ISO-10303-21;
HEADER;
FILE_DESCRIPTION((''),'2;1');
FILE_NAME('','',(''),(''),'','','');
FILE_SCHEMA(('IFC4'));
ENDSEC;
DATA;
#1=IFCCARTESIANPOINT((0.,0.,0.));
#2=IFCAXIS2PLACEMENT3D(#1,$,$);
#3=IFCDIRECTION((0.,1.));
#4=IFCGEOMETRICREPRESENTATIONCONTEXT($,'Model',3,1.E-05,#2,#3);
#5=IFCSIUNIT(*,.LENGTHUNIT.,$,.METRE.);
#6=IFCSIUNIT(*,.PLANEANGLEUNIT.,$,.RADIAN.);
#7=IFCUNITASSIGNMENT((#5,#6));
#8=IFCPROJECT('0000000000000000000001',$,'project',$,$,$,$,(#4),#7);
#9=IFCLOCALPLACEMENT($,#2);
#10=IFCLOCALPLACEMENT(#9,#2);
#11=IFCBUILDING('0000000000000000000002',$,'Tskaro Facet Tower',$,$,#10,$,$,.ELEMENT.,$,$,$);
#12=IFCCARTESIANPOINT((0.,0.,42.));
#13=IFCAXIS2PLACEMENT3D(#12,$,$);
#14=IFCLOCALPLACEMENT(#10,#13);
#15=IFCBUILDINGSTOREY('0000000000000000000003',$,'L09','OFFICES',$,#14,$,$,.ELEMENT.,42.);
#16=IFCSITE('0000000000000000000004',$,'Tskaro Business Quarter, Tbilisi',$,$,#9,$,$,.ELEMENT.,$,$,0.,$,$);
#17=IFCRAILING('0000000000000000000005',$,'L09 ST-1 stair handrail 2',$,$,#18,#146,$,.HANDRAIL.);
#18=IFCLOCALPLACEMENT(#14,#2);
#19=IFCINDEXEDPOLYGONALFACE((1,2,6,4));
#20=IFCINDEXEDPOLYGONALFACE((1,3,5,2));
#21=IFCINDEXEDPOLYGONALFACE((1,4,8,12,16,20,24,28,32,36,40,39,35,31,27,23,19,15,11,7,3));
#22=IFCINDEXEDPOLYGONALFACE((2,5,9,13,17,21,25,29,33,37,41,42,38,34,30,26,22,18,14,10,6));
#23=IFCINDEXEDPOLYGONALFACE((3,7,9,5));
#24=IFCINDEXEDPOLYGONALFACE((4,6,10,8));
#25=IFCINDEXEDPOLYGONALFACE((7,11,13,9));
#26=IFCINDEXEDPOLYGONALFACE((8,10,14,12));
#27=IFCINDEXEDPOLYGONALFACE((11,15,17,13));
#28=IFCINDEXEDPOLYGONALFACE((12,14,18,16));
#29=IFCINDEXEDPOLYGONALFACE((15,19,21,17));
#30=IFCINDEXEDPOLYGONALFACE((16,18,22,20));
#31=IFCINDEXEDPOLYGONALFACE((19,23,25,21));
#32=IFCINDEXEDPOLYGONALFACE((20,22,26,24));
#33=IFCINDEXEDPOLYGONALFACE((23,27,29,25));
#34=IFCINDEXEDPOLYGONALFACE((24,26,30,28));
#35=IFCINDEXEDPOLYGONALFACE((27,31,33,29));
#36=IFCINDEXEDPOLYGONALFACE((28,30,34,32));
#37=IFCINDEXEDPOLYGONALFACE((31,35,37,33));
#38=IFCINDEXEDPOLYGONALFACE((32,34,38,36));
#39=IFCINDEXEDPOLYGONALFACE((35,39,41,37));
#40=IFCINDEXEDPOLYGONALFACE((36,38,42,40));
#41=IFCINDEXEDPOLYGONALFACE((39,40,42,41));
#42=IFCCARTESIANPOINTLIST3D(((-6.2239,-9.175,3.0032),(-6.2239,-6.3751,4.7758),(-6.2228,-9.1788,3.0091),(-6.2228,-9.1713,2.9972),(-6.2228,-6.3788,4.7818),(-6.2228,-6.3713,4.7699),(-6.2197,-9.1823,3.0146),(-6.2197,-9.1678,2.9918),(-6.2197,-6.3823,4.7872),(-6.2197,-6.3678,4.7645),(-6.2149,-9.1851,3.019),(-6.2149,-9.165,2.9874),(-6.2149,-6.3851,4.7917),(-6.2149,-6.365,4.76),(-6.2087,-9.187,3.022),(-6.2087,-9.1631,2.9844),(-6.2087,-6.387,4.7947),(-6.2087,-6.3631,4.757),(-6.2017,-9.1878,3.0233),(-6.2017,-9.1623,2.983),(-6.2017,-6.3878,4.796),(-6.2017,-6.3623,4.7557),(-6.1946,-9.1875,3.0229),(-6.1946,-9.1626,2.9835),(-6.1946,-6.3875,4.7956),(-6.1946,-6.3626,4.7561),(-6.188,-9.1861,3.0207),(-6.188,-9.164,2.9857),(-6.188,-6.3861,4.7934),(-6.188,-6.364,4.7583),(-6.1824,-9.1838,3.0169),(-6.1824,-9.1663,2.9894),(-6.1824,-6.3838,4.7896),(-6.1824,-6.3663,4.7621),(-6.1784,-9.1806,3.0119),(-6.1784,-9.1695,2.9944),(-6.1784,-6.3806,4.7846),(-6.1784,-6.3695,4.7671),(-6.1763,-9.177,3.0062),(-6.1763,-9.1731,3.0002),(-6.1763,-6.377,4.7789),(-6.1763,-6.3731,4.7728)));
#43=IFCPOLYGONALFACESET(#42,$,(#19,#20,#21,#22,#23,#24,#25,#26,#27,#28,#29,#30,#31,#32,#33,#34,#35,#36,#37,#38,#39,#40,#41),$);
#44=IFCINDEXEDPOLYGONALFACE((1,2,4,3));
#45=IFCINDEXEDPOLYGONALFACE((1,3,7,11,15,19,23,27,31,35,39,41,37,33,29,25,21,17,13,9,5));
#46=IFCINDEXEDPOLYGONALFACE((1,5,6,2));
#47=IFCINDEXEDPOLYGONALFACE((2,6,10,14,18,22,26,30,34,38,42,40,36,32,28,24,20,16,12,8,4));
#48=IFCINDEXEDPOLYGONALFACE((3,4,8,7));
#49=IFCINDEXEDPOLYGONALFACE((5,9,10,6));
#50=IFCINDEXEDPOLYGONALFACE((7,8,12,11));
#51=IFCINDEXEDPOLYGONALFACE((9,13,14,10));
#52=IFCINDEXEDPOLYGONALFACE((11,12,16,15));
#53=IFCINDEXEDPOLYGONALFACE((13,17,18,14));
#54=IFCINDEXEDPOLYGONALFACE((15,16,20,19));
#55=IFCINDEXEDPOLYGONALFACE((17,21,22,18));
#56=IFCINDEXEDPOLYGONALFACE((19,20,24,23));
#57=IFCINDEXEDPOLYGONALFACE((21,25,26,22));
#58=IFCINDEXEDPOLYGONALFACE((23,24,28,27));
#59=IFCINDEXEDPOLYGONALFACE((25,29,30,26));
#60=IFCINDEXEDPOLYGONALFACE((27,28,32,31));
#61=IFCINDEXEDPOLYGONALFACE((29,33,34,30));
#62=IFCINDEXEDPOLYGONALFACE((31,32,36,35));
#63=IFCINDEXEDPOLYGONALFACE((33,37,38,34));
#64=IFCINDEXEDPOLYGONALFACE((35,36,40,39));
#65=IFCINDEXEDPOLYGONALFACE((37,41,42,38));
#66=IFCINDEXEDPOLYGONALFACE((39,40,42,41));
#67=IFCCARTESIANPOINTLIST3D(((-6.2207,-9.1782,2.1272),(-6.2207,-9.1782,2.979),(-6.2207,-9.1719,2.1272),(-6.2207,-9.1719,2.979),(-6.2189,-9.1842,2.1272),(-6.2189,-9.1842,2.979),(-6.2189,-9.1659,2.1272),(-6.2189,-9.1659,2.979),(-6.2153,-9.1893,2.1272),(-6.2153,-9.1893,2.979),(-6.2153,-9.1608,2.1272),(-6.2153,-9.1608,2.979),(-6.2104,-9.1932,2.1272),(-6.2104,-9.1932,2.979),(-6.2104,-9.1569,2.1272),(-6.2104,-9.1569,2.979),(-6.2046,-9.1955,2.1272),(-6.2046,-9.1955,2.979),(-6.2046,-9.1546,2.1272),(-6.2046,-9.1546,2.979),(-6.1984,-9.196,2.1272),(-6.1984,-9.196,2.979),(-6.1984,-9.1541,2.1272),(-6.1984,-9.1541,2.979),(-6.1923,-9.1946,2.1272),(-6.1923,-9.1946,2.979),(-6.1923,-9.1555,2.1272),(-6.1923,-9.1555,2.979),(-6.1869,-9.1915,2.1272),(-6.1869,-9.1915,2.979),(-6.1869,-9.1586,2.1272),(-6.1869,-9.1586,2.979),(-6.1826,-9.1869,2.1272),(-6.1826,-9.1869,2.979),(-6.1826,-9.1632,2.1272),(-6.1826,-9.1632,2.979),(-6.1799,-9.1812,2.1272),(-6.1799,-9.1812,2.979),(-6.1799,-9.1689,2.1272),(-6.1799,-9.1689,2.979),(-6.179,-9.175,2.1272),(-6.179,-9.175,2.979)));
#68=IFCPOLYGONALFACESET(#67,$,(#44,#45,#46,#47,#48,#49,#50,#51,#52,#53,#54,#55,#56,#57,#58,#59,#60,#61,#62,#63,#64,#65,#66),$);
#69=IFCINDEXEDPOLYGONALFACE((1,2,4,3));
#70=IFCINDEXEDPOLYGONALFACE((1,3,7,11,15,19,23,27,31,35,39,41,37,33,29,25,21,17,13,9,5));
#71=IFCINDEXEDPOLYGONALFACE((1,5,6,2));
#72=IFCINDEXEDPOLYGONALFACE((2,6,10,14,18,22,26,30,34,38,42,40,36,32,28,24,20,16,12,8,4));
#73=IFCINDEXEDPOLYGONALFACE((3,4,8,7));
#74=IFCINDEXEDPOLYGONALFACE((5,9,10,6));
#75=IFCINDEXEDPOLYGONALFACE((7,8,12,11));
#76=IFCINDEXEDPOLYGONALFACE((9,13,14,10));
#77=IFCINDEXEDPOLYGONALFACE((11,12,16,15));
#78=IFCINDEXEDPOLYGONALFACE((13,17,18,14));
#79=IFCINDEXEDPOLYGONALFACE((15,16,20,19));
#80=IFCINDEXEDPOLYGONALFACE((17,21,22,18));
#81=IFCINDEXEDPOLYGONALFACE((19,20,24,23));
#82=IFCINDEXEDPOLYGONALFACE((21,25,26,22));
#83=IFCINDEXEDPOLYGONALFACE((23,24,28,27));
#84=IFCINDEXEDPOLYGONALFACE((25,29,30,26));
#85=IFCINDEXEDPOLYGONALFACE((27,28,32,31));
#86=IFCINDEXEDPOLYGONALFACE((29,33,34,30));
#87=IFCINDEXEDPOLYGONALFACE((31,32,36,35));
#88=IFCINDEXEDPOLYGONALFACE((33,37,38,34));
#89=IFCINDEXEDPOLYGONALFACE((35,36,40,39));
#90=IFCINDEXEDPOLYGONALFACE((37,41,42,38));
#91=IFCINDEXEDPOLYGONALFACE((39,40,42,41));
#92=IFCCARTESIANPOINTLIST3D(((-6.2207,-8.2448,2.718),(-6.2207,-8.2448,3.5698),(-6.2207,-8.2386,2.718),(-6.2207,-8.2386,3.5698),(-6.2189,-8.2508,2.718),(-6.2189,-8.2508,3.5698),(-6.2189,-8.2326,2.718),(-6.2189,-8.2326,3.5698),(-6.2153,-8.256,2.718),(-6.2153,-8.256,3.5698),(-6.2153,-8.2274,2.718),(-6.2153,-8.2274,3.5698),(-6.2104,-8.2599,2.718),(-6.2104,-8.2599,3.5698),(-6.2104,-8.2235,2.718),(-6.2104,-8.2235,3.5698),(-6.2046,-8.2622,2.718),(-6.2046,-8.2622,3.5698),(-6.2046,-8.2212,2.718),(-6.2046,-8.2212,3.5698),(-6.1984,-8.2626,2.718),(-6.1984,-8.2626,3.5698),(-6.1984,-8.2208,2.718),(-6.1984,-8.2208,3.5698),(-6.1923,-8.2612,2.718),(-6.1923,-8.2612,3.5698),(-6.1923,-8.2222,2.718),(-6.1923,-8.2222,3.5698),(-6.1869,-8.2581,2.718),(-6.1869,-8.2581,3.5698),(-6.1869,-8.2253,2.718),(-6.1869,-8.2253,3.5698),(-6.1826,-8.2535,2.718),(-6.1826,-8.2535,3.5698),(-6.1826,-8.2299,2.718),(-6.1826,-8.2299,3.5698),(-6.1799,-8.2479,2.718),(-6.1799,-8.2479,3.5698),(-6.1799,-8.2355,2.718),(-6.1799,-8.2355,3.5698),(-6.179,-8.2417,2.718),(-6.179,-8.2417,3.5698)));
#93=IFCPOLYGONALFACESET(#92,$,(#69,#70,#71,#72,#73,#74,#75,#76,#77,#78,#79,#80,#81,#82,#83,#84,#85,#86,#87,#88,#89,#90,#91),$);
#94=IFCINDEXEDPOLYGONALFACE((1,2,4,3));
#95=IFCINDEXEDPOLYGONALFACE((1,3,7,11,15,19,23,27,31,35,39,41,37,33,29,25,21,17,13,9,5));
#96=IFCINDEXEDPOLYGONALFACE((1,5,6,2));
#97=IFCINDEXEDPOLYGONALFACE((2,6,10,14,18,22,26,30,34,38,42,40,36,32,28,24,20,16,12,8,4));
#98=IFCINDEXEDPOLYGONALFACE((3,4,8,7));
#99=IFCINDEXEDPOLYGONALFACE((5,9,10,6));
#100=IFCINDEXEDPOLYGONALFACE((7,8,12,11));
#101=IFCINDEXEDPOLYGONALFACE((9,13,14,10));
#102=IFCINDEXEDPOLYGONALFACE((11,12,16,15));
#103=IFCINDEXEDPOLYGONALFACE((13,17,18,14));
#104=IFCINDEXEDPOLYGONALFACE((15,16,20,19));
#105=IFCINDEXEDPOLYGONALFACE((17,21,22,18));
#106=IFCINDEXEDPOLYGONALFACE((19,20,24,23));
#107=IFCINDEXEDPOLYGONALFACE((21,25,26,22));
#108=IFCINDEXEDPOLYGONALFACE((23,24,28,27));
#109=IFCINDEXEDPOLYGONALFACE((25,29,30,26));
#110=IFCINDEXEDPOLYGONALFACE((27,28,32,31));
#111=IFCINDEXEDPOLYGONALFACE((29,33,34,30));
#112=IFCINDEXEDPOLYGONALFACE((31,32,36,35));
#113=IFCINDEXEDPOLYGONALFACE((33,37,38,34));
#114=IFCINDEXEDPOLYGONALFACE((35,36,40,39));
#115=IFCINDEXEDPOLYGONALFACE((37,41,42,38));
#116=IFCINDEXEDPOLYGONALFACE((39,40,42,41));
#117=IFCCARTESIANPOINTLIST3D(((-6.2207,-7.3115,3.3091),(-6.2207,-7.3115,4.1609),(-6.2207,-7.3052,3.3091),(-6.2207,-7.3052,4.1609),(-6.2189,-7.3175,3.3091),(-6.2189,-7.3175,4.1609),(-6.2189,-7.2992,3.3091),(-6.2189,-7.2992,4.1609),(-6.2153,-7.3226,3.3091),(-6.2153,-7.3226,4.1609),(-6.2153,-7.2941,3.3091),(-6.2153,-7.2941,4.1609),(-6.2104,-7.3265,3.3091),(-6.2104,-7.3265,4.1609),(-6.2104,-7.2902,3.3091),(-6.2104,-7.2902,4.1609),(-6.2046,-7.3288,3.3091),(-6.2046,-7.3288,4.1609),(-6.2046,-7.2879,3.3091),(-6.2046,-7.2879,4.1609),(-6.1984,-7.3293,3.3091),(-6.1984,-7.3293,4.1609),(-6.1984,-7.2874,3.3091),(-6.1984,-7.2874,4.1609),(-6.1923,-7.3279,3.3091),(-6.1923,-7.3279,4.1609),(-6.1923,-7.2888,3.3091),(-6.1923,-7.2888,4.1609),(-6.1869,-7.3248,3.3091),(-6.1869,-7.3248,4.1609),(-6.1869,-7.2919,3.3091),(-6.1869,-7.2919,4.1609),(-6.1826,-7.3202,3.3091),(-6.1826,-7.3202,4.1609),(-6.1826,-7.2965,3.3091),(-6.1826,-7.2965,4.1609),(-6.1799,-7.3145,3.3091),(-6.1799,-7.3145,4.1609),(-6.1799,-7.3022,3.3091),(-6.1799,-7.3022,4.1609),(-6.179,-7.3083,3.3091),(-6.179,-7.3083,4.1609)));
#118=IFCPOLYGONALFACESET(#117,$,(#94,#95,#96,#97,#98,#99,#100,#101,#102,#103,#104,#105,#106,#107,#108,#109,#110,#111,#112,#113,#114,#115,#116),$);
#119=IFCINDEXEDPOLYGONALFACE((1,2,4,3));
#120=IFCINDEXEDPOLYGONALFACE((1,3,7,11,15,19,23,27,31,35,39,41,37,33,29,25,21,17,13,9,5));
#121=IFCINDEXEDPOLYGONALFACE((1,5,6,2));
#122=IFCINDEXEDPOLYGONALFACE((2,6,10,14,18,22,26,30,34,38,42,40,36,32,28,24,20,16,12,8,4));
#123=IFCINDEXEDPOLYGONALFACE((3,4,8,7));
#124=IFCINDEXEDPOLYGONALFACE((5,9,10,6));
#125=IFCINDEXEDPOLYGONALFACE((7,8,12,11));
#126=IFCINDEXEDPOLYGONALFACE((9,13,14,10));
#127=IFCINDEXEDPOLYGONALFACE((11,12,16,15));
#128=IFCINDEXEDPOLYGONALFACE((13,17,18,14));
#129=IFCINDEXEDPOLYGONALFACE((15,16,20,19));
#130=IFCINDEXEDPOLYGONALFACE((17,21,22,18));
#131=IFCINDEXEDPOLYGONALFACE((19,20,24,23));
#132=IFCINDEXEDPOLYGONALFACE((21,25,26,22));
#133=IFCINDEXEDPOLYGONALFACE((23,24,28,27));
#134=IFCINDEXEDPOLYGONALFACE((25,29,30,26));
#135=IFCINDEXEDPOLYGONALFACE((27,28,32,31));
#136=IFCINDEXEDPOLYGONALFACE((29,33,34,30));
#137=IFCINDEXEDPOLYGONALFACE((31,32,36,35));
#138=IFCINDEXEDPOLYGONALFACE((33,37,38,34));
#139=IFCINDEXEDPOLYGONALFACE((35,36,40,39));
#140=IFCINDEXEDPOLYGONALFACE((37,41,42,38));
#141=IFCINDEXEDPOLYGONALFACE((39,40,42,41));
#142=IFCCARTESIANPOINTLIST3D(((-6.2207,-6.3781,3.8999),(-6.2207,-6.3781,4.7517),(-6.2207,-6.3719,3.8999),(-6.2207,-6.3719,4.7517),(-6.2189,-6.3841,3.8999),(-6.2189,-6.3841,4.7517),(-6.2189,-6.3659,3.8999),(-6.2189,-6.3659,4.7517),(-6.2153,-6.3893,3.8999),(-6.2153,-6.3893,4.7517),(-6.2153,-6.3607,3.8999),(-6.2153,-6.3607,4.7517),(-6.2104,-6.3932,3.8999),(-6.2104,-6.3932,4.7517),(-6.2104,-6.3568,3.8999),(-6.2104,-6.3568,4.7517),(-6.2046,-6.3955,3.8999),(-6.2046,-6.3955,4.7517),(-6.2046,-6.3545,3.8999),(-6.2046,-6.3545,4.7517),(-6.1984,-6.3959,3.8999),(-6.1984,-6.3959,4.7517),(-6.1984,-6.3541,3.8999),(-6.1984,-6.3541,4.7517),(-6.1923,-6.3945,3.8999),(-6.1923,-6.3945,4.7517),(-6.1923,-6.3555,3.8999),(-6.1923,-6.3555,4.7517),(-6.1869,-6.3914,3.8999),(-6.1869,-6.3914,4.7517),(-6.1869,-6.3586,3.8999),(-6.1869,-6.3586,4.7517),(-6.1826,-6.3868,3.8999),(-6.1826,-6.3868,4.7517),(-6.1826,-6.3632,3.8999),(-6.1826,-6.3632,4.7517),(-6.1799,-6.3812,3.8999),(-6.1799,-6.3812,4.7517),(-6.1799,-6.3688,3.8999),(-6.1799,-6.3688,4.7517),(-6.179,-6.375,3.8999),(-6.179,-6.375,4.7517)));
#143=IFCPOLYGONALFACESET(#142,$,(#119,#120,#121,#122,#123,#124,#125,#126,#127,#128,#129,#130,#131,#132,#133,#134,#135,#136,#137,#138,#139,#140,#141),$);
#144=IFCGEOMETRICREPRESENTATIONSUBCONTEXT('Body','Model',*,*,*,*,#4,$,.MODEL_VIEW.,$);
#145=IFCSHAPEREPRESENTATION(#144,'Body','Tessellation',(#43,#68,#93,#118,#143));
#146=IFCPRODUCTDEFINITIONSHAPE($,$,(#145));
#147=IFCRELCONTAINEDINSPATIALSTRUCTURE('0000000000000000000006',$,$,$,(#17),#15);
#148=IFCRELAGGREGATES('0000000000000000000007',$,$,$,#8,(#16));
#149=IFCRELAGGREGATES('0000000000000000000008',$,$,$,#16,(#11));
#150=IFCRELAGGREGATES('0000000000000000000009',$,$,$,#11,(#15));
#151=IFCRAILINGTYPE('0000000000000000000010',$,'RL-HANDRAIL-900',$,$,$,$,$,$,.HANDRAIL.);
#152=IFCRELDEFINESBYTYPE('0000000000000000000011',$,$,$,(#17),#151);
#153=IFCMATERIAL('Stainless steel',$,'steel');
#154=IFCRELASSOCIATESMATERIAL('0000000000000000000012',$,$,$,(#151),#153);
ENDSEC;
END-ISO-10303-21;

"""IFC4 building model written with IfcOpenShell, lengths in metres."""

from ifc_helpers import new_model, si_unit, direction, frame, origin, origin_2d, place, context, subcontext, project, spatial, circle, extrude, material, type_object, element, save


model = new_model("IFC4")

# Units and contexts
model_context = context("Model", 3, precision=1e-05, world=origin(), true_north=direction((0.0, 1.0)))
body_context = subcontext(model_context, "Body", "Model", "MODEL_VIEW")
ifc_project = project(units=[si_unit("LENGTHUNIT", "METRE"), si_unit("PLANEANGLEUNIT", "RADIAN")], contexts=[model_context])

# Site, building, storey
site_placement = place(None, origin())
site = spatial("IfcSite", under=ifc_project, at=site_placement, Name="Tskaro Business Quarter, Tbilisi", CompositionType="ELEMENT", RefElevation=0.0)
building_placement = place(site_placement, origin())
building = spatial("IfcBuilding", under=site, at=building_placement, Name="Tskaro Facet Tower", CompositionType="ELEMENT")
storey_placement = place(building_placement, frame((0.0, 0.0, 42.0)))
storey = spatial("IfcBuildingStorey", under=building, at=storey_placement, Name="L09", Description="OFFICES", CompositionType="ELEMENT", Elevation=42.0)

# Shared definitions
ifc_material_1 = material(Name="Stainless steel", Category="steel")

# Railing
railing_type_1 = type_object("IfcRailingType", Name="RL-HANDRAIL-900", PredefinedType="HANDRAIL", material=ifc_material_1)
railing_1_placement = place(storey_placement, frame((-6.2, -9.175, 2.1272)))
element("IfcRailing", 1, at=railing_1_placement, inside=storey, type_object=railing_type_1, Name="L09 ST-1 stair handrail 2", PredefinedType="HANDRAIL", context=body_context, shape_type="SweptSolid", body=[
    extrude(circle(Radius=0.0239, at=origin_2d()), frame((0.0, 0.0, 0.876), z_axis=(0.0, 0.844909, 0.53491), x_axis=(-1.0, 0.0, 0.0)), (0.0, 0.0, 1.0), 3.314),
    extrude(circle(Radius=0.021, at=origin_2d()), origin(), (0.0, 0.0, 1.0), 0.8518),
    extrude(circle(Radius=0.021, at=origin_2d()), frame((0.0, 0.9333, 0.5908)), (0.0, 0.0, 1.0), 0.8518),
    extrude(circle(Radius=0.021, at=origin_2d()), frame((0.0, 1.8667, 1.1819)), (0.0, 0.0, 1.0), 0.8518),
    extrude(circle(Radius=0.021, at=origin_2d()), frame((0.0, 2.8, 1.7727)), (0.0, 0.0, 1.0), 0.8518),
])

save(model, "model.ifc")
